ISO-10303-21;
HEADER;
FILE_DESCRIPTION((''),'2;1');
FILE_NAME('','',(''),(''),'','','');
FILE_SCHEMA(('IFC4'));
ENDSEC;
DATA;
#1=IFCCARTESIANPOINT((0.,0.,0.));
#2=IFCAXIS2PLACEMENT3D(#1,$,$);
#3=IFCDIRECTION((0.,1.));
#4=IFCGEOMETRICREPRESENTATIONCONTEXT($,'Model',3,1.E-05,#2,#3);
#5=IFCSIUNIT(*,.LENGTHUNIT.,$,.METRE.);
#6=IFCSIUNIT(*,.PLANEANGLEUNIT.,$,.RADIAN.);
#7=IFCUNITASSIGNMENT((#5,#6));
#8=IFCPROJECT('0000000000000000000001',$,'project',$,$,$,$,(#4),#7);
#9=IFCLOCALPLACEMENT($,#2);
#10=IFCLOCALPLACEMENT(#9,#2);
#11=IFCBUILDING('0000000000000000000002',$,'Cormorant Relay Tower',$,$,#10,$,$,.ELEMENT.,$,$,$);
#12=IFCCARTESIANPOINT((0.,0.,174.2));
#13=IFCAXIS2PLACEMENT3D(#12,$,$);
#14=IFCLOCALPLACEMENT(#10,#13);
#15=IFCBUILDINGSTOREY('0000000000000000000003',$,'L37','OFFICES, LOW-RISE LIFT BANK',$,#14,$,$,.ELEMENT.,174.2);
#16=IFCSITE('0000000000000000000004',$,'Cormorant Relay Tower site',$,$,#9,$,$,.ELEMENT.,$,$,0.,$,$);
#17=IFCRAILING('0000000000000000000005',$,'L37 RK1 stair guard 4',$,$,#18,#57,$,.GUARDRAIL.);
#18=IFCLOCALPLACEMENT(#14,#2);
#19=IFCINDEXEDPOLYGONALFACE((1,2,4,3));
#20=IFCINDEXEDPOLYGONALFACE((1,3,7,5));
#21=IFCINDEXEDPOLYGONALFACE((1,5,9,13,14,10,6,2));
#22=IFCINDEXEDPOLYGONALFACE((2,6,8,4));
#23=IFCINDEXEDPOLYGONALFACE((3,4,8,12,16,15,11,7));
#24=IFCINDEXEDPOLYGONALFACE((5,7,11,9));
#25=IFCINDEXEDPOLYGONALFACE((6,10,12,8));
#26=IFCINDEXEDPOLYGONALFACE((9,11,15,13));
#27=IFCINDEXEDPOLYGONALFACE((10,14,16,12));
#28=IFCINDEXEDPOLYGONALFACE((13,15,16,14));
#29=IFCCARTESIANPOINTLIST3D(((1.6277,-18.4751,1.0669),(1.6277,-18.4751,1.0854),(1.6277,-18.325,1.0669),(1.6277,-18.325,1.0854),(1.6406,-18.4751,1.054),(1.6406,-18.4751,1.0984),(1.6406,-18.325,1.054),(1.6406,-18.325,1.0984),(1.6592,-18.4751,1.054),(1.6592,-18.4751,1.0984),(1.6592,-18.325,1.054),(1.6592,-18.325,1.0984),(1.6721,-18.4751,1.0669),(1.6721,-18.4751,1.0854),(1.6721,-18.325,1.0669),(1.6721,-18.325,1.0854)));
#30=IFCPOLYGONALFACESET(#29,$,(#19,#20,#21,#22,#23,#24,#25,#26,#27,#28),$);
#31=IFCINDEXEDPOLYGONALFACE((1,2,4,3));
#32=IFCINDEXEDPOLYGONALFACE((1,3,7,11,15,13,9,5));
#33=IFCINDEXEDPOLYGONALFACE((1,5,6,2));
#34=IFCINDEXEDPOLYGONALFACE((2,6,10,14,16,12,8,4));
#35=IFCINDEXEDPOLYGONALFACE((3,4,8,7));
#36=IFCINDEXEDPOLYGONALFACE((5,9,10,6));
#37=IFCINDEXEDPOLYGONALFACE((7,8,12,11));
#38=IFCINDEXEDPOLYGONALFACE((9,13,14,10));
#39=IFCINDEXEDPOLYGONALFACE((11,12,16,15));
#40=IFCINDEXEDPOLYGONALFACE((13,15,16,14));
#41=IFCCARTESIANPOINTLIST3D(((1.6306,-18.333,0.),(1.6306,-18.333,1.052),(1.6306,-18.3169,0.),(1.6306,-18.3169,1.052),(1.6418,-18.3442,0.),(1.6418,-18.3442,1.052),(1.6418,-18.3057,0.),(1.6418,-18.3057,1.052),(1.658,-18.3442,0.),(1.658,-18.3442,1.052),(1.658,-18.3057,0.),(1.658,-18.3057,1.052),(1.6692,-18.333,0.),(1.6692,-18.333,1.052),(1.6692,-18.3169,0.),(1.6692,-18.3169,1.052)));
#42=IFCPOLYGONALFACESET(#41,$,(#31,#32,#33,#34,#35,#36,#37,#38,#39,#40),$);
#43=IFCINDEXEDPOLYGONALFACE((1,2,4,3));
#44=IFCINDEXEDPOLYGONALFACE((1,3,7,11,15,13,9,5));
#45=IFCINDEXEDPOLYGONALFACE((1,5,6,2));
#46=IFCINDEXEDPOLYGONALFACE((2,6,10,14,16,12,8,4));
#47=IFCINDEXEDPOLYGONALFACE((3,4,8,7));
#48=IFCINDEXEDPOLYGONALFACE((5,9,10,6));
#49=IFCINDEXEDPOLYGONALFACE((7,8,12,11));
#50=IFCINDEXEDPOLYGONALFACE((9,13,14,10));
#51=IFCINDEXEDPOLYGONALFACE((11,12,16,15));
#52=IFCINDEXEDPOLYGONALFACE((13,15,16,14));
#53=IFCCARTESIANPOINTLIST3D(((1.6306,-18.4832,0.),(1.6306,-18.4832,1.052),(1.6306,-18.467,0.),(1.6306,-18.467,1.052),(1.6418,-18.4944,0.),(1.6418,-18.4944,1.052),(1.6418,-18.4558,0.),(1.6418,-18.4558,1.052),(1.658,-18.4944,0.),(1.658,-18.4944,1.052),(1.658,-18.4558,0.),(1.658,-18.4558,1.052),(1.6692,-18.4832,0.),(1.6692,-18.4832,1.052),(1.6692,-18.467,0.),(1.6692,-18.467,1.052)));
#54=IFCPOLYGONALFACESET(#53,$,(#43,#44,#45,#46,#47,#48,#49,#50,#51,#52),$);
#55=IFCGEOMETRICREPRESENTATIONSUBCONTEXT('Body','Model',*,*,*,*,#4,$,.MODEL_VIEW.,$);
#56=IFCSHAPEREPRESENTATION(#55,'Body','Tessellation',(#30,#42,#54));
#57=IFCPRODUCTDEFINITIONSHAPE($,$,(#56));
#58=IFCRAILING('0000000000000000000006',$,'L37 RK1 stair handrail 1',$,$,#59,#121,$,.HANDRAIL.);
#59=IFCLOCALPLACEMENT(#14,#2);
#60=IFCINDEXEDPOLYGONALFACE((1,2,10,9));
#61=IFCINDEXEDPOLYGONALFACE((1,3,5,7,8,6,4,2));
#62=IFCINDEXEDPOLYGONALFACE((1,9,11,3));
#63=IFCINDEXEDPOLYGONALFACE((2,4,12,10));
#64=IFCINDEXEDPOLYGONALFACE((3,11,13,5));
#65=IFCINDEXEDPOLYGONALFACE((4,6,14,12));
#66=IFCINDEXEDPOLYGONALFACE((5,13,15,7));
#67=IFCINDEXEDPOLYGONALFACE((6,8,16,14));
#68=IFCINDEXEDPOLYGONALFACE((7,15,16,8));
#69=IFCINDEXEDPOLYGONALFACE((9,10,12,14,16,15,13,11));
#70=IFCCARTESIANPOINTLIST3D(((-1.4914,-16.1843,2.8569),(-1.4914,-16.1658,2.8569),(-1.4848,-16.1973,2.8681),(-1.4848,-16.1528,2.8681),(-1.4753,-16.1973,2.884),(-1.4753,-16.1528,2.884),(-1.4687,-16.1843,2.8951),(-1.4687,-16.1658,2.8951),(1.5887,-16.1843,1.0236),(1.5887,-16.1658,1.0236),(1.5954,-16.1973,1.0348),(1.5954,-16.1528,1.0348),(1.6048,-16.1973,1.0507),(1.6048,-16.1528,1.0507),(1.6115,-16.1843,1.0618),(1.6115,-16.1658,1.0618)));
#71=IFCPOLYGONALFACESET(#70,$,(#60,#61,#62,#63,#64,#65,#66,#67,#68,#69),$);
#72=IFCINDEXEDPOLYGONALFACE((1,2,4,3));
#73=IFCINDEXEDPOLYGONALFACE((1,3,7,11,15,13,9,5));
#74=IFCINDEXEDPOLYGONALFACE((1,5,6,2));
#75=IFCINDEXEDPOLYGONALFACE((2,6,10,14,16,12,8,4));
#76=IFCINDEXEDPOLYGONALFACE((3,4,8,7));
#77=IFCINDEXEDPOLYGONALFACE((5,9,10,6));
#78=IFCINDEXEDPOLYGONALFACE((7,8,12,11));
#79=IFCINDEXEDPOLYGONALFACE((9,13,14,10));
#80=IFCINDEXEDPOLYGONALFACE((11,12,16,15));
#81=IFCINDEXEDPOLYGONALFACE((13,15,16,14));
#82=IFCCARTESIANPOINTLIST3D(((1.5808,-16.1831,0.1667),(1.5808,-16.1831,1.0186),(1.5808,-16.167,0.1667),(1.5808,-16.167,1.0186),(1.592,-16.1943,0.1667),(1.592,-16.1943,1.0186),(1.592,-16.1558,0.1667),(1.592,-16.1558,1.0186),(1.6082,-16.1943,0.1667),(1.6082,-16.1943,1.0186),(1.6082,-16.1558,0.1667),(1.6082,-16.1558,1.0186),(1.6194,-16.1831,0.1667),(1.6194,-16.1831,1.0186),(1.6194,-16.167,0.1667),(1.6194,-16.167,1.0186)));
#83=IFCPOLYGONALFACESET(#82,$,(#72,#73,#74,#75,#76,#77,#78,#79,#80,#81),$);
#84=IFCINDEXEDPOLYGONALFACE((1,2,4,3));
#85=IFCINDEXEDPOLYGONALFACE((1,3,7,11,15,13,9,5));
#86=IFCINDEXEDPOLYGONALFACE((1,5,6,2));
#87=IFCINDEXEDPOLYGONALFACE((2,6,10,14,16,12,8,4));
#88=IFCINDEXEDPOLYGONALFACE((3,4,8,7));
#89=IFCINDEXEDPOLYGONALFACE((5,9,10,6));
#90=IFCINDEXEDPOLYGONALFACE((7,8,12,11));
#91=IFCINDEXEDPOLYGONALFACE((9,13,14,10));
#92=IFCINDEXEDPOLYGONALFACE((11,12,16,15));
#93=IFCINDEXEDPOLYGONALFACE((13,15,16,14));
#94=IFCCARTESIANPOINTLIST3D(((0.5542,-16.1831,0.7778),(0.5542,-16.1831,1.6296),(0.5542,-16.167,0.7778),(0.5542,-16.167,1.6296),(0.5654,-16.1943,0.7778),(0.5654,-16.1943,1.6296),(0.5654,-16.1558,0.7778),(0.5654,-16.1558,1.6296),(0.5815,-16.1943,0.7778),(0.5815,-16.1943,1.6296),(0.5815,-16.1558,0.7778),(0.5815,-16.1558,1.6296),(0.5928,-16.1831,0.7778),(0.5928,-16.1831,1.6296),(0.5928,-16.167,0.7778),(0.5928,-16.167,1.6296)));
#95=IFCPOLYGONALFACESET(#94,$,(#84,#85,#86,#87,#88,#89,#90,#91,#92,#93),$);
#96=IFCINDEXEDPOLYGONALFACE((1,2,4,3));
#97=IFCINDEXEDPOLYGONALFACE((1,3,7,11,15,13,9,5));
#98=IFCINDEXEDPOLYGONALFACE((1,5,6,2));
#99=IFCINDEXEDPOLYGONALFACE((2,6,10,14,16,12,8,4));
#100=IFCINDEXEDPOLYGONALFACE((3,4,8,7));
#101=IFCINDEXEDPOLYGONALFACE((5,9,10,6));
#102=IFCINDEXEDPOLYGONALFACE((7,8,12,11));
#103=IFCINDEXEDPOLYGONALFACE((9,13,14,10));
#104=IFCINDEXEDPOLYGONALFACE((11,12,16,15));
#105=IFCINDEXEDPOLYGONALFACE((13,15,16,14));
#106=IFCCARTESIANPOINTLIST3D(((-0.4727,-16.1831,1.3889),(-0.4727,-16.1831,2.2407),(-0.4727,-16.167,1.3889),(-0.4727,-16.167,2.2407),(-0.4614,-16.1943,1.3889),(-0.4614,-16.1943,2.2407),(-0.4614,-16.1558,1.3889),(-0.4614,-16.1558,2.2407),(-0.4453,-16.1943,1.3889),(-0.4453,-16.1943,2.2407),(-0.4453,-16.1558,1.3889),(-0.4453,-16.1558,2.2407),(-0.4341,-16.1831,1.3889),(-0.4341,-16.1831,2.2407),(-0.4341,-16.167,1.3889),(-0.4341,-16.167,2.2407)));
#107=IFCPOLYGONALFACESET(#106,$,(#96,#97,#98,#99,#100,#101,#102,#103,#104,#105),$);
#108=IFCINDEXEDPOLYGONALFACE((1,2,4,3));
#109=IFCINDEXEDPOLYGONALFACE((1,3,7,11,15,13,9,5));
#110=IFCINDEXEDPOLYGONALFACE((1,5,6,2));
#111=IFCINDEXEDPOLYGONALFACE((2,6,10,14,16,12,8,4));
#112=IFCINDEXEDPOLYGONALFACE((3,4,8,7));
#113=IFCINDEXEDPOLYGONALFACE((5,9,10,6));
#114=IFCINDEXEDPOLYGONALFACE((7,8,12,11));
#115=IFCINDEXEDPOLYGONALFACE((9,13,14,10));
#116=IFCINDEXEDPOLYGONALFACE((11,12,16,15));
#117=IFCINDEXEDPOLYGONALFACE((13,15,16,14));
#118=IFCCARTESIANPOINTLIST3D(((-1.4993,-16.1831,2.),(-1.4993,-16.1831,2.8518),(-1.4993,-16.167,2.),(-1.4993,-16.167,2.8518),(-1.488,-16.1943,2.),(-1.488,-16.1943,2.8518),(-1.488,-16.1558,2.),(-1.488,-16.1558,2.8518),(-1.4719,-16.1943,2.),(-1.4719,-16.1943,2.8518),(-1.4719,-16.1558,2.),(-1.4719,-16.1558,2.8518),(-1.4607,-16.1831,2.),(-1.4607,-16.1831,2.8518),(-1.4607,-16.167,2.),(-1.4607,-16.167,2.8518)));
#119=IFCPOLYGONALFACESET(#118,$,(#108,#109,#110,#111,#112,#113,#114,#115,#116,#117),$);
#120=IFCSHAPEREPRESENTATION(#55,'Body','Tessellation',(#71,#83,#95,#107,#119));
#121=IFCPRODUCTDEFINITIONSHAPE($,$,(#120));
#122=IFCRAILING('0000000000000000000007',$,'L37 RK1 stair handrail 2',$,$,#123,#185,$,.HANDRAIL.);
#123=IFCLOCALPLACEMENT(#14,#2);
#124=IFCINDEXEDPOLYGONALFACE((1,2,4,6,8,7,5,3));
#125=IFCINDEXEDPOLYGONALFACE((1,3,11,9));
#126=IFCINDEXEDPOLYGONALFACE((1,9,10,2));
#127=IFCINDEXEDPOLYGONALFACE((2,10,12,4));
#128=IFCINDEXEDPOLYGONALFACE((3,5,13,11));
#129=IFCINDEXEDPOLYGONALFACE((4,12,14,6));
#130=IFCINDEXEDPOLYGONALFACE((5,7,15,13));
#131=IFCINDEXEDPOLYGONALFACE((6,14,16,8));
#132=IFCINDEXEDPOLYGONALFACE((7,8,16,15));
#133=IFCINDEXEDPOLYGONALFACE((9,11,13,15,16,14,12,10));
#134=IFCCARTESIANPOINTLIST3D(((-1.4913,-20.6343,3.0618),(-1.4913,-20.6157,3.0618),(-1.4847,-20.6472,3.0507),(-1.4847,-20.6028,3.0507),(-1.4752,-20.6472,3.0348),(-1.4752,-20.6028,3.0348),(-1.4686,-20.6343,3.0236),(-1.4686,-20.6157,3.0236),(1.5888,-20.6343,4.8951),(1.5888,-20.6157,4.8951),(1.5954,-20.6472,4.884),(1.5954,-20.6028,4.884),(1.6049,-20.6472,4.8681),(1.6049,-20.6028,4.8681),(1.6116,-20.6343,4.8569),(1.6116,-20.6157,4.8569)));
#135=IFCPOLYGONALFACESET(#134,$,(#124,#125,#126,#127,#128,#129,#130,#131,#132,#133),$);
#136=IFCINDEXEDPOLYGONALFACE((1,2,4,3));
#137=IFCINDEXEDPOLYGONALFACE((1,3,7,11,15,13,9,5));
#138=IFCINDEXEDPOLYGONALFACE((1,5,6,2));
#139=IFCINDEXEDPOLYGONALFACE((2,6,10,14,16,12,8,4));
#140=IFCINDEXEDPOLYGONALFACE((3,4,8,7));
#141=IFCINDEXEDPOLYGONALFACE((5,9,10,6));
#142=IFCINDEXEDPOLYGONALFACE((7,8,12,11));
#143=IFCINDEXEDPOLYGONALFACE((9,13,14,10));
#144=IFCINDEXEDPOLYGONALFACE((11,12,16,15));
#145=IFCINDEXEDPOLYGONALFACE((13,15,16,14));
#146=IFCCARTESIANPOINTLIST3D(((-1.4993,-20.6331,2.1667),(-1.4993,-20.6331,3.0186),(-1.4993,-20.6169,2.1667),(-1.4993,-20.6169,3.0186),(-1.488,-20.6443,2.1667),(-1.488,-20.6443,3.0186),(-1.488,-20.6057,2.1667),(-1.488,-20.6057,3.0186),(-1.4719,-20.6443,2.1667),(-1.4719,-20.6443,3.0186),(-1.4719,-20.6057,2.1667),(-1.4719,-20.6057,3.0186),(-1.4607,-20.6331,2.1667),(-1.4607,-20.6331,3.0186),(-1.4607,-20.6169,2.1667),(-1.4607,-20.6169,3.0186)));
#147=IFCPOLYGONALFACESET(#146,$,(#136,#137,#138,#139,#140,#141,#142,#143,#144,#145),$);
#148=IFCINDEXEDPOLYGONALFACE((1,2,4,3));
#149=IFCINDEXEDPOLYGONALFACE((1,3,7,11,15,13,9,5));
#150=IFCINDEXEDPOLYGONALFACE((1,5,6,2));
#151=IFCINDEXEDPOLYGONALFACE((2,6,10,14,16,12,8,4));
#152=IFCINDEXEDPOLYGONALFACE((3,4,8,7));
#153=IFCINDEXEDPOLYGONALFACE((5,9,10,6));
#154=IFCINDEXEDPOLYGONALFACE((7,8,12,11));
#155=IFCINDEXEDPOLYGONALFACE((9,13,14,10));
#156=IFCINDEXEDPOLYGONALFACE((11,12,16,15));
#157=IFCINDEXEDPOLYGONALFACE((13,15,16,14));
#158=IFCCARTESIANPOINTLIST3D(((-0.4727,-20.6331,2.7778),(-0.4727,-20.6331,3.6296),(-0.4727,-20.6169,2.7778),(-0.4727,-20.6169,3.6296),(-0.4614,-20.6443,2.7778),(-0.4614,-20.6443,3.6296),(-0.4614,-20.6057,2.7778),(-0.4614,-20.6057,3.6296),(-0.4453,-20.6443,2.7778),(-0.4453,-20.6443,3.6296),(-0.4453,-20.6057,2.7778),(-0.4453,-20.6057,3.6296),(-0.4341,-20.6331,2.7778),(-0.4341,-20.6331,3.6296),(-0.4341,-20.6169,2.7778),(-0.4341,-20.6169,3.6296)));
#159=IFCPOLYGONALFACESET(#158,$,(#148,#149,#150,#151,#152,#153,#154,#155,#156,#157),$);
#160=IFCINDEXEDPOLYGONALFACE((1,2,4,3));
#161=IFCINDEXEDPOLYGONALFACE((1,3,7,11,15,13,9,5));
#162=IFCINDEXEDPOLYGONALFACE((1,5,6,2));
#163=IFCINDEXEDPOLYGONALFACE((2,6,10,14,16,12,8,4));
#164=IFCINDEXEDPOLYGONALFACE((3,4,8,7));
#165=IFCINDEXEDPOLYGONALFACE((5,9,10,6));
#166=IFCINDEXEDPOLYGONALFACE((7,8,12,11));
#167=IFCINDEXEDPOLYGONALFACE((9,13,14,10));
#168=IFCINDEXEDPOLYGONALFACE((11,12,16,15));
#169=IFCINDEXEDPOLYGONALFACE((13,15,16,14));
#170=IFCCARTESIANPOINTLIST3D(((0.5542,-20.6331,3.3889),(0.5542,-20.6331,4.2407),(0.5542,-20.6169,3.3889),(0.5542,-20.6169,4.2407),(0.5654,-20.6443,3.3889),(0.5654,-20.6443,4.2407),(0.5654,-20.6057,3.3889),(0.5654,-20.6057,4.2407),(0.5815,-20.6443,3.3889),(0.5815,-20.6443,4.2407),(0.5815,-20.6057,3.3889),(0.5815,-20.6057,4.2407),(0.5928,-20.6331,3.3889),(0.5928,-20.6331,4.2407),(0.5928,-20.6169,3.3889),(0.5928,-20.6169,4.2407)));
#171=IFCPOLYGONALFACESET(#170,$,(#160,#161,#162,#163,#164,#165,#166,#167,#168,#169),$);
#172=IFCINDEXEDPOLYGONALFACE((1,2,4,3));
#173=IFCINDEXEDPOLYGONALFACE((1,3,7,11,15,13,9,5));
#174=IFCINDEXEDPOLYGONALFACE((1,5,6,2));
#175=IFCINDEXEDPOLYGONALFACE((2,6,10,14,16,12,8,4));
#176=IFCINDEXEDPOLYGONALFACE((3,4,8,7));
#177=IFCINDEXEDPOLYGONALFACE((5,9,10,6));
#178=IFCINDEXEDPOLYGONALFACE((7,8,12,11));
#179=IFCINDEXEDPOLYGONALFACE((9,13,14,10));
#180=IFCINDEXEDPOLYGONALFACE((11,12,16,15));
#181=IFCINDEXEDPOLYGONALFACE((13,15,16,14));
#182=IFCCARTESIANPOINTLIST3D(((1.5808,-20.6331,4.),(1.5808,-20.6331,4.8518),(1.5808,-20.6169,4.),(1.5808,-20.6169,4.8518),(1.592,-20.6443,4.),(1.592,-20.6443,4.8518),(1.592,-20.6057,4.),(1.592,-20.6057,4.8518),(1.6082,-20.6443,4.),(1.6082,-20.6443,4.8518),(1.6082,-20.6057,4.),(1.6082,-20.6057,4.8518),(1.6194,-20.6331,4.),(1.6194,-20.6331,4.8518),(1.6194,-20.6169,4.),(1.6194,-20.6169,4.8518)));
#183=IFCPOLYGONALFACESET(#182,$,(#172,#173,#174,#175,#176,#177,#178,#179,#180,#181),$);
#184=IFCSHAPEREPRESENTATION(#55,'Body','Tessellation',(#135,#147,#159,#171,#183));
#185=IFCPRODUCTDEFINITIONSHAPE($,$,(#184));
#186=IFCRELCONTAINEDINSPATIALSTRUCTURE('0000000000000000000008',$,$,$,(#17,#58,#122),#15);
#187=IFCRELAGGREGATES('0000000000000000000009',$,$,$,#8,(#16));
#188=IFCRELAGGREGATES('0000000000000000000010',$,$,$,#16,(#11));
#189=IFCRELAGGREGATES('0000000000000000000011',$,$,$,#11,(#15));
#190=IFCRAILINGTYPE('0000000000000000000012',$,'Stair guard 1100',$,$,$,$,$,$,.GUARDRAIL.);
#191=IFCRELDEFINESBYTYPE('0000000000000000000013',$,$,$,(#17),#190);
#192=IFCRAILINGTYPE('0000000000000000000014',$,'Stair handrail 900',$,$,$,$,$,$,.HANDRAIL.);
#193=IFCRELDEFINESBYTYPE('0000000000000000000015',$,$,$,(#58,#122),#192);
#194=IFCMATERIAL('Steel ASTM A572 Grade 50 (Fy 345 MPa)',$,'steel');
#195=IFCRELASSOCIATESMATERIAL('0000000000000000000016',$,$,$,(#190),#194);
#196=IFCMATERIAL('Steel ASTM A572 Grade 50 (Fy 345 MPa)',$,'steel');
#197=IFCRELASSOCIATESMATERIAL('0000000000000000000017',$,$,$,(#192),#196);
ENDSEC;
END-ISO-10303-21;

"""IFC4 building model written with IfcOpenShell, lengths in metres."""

from ifc_helpers import new_model, si_unit, direction, frame, origin, place, context, subcontext, project, spatial, polyline, outline, extrude, material, type_object, element, save


model = new_model("IFC4")

# Units and contexts
model_context = context("Model", 3, precision=1e-05, world=origin(), true_north=direction((0.0, 1.0)))
body_context = subcontext(model_context, "Body", "Model", "MODEL_VIEW")
ifc_project = project(units=[si_unit("LENGTHUNIT", "METRE"), si_unit("PLANEANGLEUNIT", "RADIAN")], contexts=[model_context])

# Site, building, storey
site_placement = place(None, origin())
site = spatial("IfcSite", under=ifc_project, at=site_placement, Name="Cormorant Relay Tower site", CompositionType="ELEMENT", RefElevation=0.0)
building_placement = place(site_placement, origin())
building = spatial("IfcBuilding", under=site, at=building_placement, Name="Cormorant Relay Tower", CompositionType="ELEMENT")
storey_placement = place(building_placement, frame((0.0, 0.0, 174.2)))
storey = spatial("IfcBuildingStorey", under=building, at=storey_placement, Name="L37", Description="OFFICES, LOW-RISE LIFT BANK", CompositionType="ELEMENT", Elevation=174.2)

# Railings
ifc_material_1 = material(Name="Steel ASTM A572 Grade 50 (Fy 345 MPa)", Category="steel")
railing_type_1 = type_object("IfcRailingType", Name="Stair guard 1100", PredefinedType="GUARDRAIL", material=ifc_material_1)
railing_1_placement = place(storey_placement, frame((1.6499, -18.325, 0.0)))
element("IfcRailing", 1, at=railing_1_placement, inside=storey, type_object=railing_type_1, Name="L37 RK1 stair guard 4", PredefinedType="GUARDRAIL", context=body_context, shape_type="SweptSolid", body=[
    extrude(outline(polyline([(0.0222, 0.0093), (0.0093, 0.0222), (-0.0093, 0.0222), (-0.0222, 0.0093), (-0.0222, -0.0093), (-0.0093, -0.0222), (0.0093, -0.0222), (0.0222, -0.0093), (0.0222, 0.0093)])), frame((0.0, 0.0, 1.0762), z_axis=(0.0, -1.0, 0.0), x_axis=(1.0, 0.0, 0.0)), (0.0, 0.0, 1.0), 0.1501),
    extrude(outline(polyline([(0.0193, 0.0081), (0.0081, 0.0193), (-0.0081, 0.0193), (-0.0193, 0.0081), (-0.0193, -0.0081), (-0.0081, -0.0193), (0.0081, -0.0193), (0.0193, -0.0081), (0.0193, 0.0081)])), origin(), (0.0, 0.0, 1.0), 1.052),
    extrude(outline(polyline([(0.0193, 0.0081), (0.0081, 0.0193), (-0.0081, 0.0193), (-0.0193, 0.0081), (-0.0193, -0.0081), (-0.0081, -0.0193), (0.0081, -0.0193), (0.0193, -0.0081), (0.0193, 0.0081)])), frame((0.0, -0.1501, 0.0)), (0.0, 0.0, 1.0), 1.052),
])
ifc_material_2 = material(Name="Steel ASTM A572 Grade 50 (Fy 345 MPa)", Category="steel")
railing_type_2 = type_object("IfcRailingType", Name="Stair handrail 900", PredefinedType="HANDRAIL", material=ifc_material_2)
railing_2_placement = place(storey_placement, frame((1.6001, -16.175, 0.1667)))
element("IfcRailing", 2, at=railing_2_placement, inside=storey, type_object=railing_type_2, Name="L37 RK1 stair handrail 1", PredefinedType="HANDRAIL", context=body_context, shape_type="SweptSolid", body=[
    extrude(outline(polyline([(0.0222, 0.0093), (0.0093, 0.0222), (-0.0093, 0.0222), (-0.0222, 0.0093), (-0.0222, -0.0093), (-0.0093, -0.0222), (0.0093, -0.0222), (0.0222, -0.0093), (0.0222, 0.0093)])), frame((0.0, 0.0, 0.876), z_axis=(-0.859309, 0.0, 0.511458), x_axis=(0.0, -1.0, 0.0)), (0.0, 0.0, 1.0), 3.5845),
    extrude(outline(polyline([(0.0193, 0.0081), (0.0081, 0.0193), (-0.0081, 0.0193), (-0.0193, 0.0081), (-0.0193, -0.0081), (-0.0081, -0.0193), (0.0081, -0.0193), (0.0193, -0.0081), (0.0193, 0.0081)])), origin(), (0.0, 0.0, 1.0), 0.8518),
    extrude(outline(polyline([(0.0193, 0.0081), (0.0081, 0.0193), (-0.0081, 0.0193), (-0.0193, 0.0081), (-0.0193, -0.0081), (-0.0081, -0.0193), (0.0081, -0.0193), (0.0193, -0.0081), (0.0193, 0.0081)])), frame((-1.0266, 0.0, 0.6111)), (0.0, 0.0, 1.0), 0.8518),
    extrude(outline(polyline([(0.0193, 0.0081), (0.0081, 0.0193), (-0.0081, 0.0193), (-0.0193, 0.0081), (-0.0193, -0.0081), (-0.0081, -0.0193), (0.0081, -0.0193), (0.0193, -0.0081), (0.0193, 0.0081)])), frame((-2.0535, 0.0, 1.2222)), (0.0, 0.0, 1.0), 0.8518),
    extrude(outline(polyline([(0.0193, 0.0081), (0.0081, 0.0193), (-0.0081, 0.0193), (-0.0193, 0.0081), (-0.0193, -0.0081), (-0.0081, -0.0193), (0.0081, -0.0193), (0.0193, -0.0081), (0.0193, 0.0081)])), frame((-3.0801, 0.0, 1.8333)), (0.0, 0.0, 1.0), 0.8518),
])
railing_3_placement = place(storey_placement, frame((-1.48, -20.625, 2.1667)))
element("IfcRailing", 3, at=railing_3_placement, inside=storey, type_object=railing_type_2, Name="L37 RK1 stair handrail 2", PredefinedType="HANDRAIL", context=body_context, shape_type="SweptSolid", body=[
    extrude(outline(polyline([(0.0222, 0.0093), (0.0093, 0.0222), (-0.0093, 0.0222), (-0.0222, 0.0093), (-0.0222, -0.0093), (-0.0093, -0.0222), (0.0093, -0.0222), (0.0222, -0.0093), (0.0222, 0.0093)])), frame((0.0, 0.0, 0.876), z_axis=(0.859309, 0.0, 0.511458), x_axis=(0.0, 1.0, 0.0)), (0.0, 0.0, 1.0), 3.5845),
    extrude(outline(polyline([(0.0193, 0.0081), (0.0081, 0.0193), (-0.0081, 0.0193), (-0.0193, 0.0081), (-0.0193, -0.0081), (-0.0081, -0.0193), (0.0081, -0.0193), (0.0193, -0.0081), (0.0193, 0.0081)])), origin(), (0.0, 0.0, 1.0), 0.8518),
    extrude(outline(polyline([(0.0193, 0.0081), (0.0081, 0.0193), (-0.0081, 0.0193), (-0.0193, 0.0081), (-0.0193, -0.0081), (-0.0081, -0.0193), (0.0081, -0.0193), (0.0193, -0.0081), (0.0193, 0.0081)])), frame((1.0266, 0.0, 0.6111)), (0.0, 0.0, 1.0), 0.8518),
    extrude(outline(polyline([(0.0193, 0.0081), (0.0081, 0.0193), (-0.0081, 0.0193), (-0.0193, 0.0081), (-0.0193, -0.0081), (-0.0081, -0.0193), (0.0081, -0.0193), (0.0193, -0.0081), (0.0193, 0.0081)])), frame((2.0535, 0.0, 1.2222)), (0.0, 0.0, 1.0), 0.8518),
    extrude(outline(polyline([(0.0193, 0.0081), (0.0081, 0.0193), (-0.0081, 0.0193), (-0.0193, 0.0081), (-0.0193, -0.0081), (-0.0081, -0.0193), (0.0081, -0.0193), (0.0193, -0.0081), (0.0193, 0.0081)])), frame((3.0801, 0.0, 1.8333)), (0.0, 0.0, 1.0), 0.8518),
])

save(model, "model.ifc")
